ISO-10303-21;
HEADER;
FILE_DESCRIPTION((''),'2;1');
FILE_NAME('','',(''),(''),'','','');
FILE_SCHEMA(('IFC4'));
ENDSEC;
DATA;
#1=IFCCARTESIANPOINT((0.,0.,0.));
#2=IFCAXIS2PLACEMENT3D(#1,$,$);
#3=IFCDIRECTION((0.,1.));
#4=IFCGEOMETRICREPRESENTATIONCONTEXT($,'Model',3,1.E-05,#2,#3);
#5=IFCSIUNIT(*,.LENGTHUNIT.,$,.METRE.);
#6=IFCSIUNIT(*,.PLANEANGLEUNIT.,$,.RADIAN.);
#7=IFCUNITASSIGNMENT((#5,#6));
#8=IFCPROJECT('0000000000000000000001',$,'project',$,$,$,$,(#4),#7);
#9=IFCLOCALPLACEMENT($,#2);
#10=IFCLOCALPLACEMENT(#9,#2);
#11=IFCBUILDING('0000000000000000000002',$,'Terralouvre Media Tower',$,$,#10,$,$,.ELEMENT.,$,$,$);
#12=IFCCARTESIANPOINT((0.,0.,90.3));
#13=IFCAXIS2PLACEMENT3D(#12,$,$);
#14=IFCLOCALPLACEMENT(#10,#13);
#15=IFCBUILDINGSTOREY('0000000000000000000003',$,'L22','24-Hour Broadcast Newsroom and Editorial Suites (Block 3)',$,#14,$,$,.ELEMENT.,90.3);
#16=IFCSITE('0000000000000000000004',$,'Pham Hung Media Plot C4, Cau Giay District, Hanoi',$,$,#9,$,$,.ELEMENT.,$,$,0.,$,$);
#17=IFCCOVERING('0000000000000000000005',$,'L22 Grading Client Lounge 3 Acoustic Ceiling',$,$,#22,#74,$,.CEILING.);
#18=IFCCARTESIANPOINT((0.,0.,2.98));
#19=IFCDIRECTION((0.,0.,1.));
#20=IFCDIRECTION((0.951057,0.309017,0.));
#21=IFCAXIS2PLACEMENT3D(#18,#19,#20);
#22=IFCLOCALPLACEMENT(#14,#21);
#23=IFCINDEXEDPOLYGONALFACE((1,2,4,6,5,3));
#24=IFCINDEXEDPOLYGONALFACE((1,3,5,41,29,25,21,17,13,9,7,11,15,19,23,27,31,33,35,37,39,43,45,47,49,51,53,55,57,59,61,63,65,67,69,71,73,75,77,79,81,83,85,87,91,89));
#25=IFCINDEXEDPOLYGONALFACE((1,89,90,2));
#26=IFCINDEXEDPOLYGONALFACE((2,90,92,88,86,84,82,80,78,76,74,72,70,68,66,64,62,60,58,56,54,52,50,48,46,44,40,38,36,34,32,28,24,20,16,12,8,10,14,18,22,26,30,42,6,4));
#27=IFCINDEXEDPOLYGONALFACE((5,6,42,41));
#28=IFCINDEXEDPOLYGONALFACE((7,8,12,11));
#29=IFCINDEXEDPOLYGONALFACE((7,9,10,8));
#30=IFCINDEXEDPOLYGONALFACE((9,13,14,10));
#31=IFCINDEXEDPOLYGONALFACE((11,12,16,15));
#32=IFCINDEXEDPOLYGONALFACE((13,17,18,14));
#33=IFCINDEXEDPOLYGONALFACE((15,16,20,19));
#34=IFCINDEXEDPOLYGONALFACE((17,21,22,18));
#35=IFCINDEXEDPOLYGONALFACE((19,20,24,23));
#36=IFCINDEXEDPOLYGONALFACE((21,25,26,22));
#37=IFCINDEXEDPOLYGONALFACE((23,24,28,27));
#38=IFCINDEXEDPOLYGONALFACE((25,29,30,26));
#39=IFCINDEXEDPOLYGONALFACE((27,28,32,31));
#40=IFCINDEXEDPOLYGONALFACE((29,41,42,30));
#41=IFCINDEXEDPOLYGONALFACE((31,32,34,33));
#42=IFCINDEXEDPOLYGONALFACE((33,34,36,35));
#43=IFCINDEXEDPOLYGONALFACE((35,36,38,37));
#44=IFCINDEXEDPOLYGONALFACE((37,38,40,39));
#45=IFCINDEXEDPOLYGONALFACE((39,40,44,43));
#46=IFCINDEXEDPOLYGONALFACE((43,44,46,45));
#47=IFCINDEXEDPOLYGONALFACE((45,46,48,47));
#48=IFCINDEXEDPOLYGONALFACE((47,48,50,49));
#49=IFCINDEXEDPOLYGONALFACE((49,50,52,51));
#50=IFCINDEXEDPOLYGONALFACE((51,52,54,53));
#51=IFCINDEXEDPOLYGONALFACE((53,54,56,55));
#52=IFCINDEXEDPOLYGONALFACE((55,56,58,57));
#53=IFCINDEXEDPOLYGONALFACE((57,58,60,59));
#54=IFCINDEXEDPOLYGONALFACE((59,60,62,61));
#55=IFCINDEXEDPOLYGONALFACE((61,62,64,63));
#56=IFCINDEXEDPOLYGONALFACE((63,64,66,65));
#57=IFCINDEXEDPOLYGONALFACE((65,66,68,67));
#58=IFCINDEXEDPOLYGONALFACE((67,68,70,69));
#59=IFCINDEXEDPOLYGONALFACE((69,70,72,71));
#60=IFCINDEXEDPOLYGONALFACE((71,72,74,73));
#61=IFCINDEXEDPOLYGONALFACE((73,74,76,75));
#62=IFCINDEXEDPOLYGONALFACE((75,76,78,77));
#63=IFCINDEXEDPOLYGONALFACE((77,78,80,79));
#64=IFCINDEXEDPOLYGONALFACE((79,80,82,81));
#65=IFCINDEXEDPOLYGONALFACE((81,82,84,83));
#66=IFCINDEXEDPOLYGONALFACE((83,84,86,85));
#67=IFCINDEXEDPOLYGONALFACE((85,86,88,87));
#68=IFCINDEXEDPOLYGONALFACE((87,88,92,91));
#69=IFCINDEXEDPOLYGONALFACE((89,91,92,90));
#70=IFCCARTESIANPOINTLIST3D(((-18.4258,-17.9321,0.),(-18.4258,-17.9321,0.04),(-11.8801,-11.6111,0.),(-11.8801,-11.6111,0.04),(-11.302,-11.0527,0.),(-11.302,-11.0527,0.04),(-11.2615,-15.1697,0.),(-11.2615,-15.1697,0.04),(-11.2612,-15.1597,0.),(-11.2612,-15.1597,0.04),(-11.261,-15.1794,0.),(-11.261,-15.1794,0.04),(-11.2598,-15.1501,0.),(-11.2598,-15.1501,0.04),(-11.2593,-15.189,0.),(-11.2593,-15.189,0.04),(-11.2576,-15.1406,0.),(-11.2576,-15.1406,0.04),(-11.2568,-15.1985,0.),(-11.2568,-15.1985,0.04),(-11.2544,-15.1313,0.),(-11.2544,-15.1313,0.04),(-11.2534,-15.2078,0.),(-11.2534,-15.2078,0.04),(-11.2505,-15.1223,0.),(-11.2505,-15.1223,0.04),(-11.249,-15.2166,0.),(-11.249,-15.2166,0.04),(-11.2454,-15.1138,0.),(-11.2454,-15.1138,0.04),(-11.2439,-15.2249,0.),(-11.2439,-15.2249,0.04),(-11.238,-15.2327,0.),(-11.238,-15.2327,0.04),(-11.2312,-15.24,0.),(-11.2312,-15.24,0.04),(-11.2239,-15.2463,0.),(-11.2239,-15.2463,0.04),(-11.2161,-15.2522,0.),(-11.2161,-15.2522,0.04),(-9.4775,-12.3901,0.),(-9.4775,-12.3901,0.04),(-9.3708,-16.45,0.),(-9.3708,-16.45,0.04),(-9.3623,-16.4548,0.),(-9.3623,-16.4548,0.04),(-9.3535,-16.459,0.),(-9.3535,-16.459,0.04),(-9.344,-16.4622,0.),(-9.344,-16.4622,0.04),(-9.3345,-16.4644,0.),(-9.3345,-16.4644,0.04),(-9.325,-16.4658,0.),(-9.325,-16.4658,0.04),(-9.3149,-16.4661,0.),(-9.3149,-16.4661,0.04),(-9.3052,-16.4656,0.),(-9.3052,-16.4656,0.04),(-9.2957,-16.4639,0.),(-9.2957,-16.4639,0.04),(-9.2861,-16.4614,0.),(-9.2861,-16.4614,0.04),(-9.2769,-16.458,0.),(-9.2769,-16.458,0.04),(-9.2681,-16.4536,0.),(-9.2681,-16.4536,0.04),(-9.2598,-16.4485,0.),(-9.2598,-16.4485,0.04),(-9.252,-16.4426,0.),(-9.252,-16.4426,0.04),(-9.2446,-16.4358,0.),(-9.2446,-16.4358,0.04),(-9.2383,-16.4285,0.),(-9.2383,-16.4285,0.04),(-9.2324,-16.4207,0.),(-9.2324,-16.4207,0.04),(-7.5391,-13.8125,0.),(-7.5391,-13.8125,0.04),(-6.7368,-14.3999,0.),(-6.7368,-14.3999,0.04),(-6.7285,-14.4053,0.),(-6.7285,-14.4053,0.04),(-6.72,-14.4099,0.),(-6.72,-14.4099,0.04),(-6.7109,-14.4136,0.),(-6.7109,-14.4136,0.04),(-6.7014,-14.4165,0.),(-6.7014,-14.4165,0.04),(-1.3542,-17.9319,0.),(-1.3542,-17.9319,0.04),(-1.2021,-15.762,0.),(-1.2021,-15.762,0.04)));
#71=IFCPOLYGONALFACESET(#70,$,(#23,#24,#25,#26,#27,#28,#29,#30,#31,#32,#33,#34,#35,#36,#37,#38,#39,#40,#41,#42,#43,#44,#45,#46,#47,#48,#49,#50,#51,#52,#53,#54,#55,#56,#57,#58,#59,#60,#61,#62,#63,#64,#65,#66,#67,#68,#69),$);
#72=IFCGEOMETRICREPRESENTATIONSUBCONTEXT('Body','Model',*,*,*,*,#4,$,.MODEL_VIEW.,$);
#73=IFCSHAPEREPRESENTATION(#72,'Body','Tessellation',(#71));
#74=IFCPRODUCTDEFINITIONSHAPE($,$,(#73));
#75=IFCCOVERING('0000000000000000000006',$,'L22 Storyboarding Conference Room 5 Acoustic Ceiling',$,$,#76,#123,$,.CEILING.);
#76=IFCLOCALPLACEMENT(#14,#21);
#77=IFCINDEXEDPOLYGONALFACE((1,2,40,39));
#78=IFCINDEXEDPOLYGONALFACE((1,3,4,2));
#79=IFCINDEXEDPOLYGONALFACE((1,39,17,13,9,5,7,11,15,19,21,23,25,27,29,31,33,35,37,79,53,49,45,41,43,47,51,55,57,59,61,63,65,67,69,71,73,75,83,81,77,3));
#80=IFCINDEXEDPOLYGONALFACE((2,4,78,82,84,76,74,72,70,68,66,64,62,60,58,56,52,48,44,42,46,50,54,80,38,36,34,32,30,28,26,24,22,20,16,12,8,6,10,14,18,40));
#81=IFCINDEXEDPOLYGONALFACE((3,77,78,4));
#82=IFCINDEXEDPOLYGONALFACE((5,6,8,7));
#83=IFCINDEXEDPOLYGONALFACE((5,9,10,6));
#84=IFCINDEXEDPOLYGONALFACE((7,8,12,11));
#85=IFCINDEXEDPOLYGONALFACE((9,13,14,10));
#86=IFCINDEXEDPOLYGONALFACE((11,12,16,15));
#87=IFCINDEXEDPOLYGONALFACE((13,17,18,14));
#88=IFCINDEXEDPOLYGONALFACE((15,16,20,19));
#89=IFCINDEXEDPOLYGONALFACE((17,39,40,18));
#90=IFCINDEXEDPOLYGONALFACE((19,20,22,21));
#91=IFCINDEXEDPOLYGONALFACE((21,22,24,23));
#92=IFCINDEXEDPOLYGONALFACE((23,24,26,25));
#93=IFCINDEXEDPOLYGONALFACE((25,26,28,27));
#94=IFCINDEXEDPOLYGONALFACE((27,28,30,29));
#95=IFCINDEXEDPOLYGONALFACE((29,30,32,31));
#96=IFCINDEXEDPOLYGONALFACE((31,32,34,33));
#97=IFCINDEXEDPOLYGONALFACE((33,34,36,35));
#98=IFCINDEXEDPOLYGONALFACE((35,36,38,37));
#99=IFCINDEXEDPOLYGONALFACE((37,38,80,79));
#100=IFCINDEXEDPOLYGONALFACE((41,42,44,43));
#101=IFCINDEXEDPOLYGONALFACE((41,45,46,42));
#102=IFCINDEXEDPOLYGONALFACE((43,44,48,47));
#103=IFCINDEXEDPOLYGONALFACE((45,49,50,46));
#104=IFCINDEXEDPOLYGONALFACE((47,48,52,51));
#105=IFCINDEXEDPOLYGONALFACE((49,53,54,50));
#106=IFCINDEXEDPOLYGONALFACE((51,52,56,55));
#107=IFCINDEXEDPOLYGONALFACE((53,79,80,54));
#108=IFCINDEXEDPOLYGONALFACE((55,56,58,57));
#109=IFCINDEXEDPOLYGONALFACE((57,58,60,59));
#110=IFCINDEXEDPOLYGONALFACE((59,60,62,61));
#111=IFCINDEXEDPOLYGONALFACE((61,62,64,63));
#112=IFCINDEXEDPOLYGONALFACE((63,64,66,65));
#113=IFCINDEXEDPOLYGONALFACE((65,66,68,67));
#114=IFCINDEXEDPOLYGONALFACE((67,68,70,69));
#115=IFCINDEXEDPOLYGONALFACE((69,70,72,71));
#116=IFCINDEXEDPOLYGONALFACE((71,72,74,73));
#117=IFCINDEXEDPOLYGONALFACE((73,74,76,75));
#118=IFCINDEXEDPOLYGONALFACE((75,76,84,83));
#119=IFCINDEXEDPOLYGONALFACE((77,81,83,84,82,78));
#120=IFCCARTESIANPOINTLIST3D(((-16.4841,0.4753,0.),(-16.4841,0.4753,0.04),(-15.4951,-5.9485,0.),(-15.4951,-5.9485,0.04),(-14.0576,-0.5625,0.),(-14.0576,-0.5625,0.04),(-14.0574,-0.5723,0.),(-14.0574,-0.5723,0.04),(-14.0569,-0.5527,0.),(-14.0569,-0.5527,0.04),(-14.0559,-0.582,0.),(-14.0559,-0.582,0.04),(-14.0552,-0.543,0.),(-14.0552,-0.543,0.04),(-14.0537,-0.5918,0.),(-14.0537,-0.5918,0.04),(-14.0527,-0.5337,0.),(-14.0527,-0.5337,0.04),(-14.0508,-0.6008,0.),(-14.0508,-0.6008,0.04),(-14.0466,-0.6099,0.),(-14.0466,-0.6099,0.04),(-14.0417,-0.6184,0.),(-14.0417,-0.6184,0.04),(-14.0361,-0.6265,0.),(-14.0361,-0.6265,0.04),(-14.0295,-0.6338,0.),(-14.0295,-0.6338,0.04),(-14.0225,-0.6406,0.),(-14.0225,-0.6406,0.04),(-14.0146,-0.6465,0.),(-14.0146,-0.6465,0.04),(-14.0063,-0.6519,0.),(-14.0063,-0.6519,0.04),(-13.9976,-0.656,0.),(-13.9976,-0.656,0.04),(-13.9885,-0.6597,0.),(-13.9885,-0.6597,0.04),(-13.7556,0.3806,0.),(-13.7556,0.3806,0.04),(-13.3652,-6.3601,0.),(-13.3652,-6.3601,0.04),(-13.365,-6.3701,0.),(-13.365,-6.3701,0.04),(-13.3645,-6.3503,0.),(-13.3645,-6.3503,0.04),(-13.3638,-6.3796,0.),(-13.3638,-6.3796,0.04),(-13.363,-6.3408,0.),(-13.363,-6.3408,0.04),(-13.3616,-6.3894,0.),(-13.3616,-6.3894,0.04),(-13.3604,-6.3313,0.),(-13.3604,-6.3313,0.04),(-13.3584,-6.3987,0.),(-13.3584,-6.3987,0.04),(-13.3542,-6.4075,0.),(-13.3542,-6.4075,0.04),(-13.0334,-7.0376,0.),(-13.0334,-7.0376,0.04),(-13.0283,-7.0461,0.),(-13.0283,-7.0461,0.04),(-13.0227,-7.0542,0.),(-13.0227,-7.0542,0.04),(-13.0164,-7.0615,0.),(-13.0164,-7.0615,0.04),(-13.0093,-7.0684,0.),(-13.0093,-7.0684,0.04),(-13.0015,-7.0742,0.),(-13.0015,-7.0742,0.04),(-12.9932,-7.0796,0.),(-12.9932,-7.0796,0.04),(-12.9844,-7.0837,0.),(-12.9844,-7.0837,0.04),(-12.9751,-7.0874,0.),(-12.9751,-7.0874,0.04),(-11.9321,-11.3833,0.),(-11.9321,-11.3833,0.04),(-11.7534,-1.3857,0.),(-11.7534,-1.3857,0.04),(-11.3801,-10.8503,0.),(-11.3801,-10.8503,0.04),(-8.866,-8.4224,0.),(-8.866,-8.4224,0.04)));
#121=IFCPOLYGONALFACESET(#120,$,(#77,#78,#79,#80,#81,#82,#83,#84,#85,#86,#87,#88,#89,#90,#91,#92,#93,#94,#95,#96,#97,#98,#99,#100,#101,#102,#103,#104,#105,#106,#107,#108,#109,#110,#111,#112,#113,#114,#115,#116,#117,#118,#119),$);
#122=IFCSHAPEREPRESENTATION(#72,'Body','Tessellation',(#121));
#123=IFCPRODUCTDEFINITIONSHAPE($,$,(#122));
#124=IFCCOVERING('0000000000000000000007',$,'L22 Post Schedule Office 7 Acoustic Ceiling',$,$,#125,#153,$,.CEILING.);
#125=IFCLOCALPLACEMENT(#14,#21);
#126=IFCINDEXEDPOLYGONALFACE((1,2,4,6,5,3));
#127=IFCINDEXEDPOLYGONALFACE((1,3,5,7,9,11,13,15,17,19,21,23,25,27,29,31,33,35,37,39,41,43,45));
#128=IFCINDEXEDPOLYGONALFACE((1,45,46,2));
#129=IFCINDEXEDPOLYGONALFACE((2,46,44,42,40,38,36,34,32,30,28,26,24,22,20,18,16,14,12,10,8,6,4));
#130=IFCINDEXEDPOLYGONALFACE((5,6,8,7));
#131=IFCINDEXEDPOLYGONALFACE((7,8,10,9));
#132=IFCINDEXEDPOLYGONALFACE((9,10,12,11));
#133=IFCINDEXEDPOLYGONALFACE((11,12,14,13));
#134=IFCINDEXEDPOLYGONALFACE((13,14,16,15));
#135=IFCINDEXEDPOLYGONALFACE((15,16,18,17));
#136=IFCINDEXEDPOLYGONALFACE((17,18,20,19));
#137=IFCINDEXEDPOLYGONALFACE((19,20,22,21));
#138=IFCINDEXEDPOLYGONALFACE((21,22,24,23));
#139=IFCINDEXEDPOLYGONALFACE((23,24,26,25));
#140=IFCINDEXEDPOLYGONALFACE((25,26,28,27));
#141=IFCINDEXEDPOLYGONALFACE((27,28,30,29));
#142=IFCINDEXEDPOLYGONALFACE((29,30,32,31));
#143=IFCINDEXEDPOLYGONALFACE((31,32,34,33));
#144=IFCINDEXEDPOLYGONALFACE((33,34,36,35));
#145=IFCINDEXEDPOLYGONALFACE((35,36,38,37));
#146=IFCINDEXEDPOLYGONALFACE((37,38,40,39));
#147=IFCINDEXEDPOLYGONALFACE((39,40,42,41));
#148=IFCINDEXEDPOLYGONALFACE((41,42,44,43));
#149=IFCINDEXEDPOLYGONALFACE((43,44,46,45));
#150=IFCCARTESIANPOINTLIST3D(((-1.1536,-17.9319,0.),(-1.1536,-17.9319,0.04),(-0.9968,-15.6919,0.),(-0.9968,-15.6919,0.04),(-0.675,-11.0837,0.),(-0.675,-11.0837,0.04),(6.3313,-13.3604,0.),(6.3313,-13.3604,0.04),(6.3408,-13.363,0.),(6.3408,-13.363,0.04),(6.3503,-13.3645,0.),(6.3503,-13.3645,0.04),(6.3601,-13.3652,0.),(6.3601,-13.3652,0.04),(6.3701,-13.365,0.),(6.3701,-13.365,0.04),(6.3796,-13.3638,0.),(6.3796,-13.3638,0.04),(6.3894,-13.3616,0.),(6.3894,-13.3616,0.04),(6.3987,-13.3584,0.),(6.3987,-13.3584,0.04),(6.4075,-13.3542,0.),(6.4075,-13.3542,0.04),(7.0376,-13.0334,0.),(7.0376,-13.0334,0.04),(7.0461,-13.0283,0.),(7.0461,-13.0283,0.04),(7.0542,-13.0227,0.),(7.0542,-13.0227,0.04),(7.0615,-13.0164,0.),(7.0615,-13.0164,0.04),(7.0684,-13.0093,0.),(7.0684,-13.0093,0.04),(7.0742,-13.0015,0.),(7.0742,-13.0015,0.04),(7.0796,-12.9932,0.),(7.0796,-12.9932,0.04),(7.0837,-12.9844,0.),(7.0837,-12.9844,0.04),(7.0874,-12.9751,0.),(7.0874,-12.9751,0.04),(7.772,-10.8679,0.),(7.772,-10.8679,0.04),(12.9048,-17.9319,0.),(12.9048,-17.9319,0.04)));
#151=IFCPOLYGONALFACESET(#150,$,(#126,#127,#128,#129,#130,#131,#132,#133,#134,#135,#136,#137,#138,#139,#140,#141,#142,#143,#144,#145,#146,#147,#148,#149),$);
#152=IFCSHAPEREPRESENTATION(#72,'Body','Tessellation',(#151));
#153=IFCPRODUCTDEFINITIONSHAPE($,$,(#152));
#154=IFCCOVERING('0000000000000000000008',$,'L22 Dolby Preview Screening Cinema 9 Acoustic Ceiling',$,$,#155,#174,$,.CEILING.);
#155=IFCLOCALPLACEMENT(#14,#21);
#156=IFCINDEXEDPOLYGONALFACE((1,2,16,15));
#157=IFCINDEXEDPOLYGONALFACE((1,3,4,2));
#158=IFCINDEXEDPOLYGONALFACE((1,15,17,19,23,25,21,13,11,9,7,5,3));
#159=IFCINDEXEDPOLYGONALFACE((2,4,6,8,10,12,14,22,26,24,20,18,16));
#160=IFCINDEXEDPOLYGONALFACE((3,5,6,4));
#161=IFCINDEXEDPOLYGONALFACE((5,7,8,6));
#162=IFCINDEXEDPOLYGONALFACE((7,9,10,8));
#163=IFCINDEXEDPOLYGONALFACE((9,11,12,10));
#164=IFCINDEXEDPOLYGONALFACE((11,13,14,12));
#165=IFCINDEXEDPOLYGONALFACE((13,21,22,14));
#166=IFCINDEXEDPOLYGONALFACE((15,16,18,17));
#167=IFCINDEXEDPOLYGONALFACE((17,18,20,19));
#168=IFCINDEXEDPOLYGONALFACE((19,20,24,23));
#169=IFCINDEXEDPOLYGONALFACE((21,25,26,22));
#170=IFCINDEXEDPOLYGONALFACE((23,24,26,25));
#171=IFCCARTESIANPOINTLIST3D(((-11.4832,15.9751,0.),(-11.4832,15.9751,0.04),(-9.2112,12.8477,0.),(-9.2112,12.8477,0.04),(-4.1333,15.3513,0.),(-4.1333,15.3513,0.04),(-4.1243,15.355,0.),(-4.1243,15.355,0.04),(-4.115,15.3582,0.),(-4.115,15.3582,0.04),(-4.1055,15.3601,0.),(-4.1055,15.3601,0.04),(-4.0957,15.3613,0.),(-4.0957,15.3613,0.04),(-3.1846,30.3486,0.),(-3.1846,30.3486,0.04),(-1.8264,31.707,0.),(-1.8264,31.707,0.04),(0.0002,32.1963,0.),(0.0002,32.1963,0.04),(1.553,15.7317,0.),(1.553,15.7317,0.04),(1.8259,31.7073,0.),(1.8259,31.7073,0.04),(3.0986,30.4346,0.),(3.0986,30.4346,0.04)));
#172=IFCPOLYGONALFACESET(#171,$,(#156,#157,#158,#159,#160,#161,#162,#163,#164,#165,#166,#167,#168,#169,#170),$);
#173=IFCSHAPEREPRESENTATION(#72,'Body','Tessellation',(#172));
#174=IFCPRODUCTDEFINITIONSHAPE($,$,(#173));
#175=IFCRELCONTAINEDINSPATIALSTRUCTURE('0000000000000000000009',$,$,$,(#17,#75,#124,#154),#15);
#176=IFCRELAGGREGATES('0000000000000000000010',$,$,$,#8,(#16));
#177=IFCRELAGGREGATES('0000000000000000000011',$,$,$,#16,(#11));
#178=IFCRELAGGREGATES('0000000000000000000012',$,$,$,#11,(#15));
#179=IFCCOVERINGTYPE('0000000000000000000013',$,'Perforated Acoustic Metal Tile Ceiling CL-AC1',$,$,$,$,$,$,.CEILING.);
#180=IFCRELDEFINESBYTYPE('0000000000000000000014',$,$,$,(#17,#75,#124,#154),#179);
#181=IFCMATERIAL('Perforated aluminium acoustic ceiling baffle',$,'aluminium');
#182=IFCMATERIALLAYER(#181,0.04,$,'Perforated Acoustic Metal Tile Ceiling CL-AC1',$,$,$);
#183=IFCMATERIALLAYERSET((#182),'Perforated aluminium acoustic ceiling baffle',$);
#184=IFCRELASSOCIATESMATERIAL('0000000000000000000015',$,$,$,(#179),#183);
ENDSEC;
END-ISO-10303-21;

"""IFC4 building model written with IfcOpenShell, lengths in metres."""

from ifc_helpers import new_model, si_unit, direction, frame, origin, place, context, subcontext, project, spatial, polyline, outline, extrude, material, layer, layer_set, type_object, element, save


model = new_model("IFC4")

# Units and contexts
model_context = context("Model", 3, precision=1e-05, world=origin(), true_north=direction((0.0, 1.0)))
body_context = subcontext(model_context, "Body", "Model", "MODEL_VIEW")
ifc_project = project(units=[si_unit("LENGTHUNIT", "METRE"), si_unit("PLANEANGLEUNIT", "RADIAN")], contexts=[model_context])

# Site, building, storey
site_placement = place(None, origin())
site = spatial("IfcSite", under=ifc_project, at=site_placement, Name="Pham Hung Media Plot C4, Cau Giay District, Hanoi", CompositionType="ELEMENT", RefElevation=0.0)
building_placement = place(site_placement, origin())
building = spatial("IfcBuilding", under=site, at=building_placement, Name="Terralouvre Media Tower", CompositionType="ELEMENT")
storey_placement = place(building_placement, frame((0.0, 0.0, 90.3)))
storey = spatial("IfcBuildingStorey", under=building, at=storey_placement, Name="L22", Description="24-Hour Broadcast Newsroom and Editorial Suites (Block 3)", CompositionType="ELEMENT", Elevation=90.3)

# Coverings
ifc_material_1 = material(Name="Perforated aluminium acoustic ceiling baffle", Category="aluminium")
ifc_layer_1 = layer(ifc_material_1, 0.04, Name="Perforated Acoustic Metal Tile Ceiling CL-AC1")
ifc_layer_set_1 = layer_set([ifc_layer_1], Name="Perforated aluminium acoustic ceiling baffle")
covering_type_1 = type_object("IfcCoveringType", Name="Perforated Acoustic Metal Tile Ceiling CL-AC1", PredefinedType="CEILING", material=ifc_layer_set_1)
covering_1_placement = place(storey_placement, frame((0.0, 0.0, 2.98), z_axis=(0.0, 0.0, 1.0), x_axis=(0.951057, 0.309017, 0.0)))
element("IfcCovering", 1, at=covering_1_placement, inside=storey, type_object=covering_type_1, Name="L22 Grading Client Lounge 3 Acoustic Ceiling", PredefinedType="CEILING", context=body_context, shape_type="SweptSolid", body=[
    extrude(outline(polyline([(-6.7014, -14.4165), (-6.7109, -14.4136), (-6.72, -14.4099), (-6.7285, -14.4053), (-6.7368, -14.3999), (-7.5391, -13.8125), (-9.2324, -16.4207), (-9.2383, -16.4285), (-9.2446, -16.4358), (-9.252, -16.4426), (-9.2598, -16.4485), (-9.2681, -16.4536), (-9.2769, -16.458), (-9.2861, -16.4614), (-9.2957, -16.4639), (-9.3052, -16.4656), (-9.3149, -16.4661), (-9.325, -16.4658), (-9.3345, -16.4644), (-9.344, -16.4622), (-9.3535, -16.459), (-9.3623, -16.4548), (-9.3708, -16.45), (-11.2161, -15.2522), (-11.2239, -15.2463), (-11.2312, -15.24), (-11.238, -15.2327), (-11.2439, -15.2249), (-11.249, -15.2166), (-11.2534, -15.2078), (-11.2568, -15.1985), (-11.2593, -15.189), (-11.261, -15.1794), (-11.2615, -15.1697), (-11.2612, -15.1597), (-11.2598, -15.1501), (-11.2576, -15.1406), (-11.2544, -15.1313), (-11.2505, -15.1223), (-11.2454, -15.1138), (-9.4775, -12.3901), (-11.302, -11.0527), (-11.8801, -11.6111), (-18.4258, -17.9321), (-1.3542, -17.9319), (-1.2021, -15.762), (-6.7014, -14.4165)])), origin(), (0.0, 0.0, 1.0), 0.04),
])
covering_2_placement = place(storey_placement, frame((0.0, 0.0, 2.98), z_axis=(0.0, 0.0, 1.0), x_axis=(0.951057, 0.309017, 0.0)))
element("IfcCovering", 2, at=covering_2_placement, inside=storey, type_object=covering_type_1, Name="L22 Storyboarding Conference Room 5 Acoustic Ceiling", PredefinedType="CEILING", context=body_context, shape_type="SweptSolid", body=[
    extrude(outline(polyline([(-13.9976, -0.656), (-14.0063, -0.6519), (-14.0146, -0.6465), (-14.0225, -0.6406), (-14.0295, -0.6338), (-14.0361, -0.6265), (-14.0417, -0.6184), (-14.0466, -0.6099), (-14.0508, -0.6008), (-14.0537, -0.5918), (-14.0559, -0.582), (-14.0574, -0.5723), (-14.0576, -0.5625), (-14.0569, -0.5527), (-14.0552, -0.543), (-14.0527, -0.5337), (-13.7556, 0.3806), (-16.4841, 0.4753), (-15.4951, -5.9485), (-11.9321, -11.3833), (-11.3801, -10.8503), (-8.866, -8.4224), (-12.9751, -7.0874), (-12.9844, -7.0837), (-12.9932, -7.0796), (-13.0015, -7.0742), (-13.0093, -7.0684), (-13.0164, -7.0615), (-13.0227, -7.0542), (-13.0283, -7.0461), (-13.0334, -7.0376), (-13.3542, -6.4075), (-13.3584, -6.3987), (-13.3616, -6.3894), (-13.3638, -6.3796), (-13.365, -6.3701), (-13.3652, -6.3601), (-13.3645, -6.3503), (-13.363, -6.3408), (-13.3604, -6.3313), (-11.7534, -1.3857), (-13.9885, -0.6597), (-13.9976, -0.656)])), origin(), (0.0, 0.0, 1.0), 0.04),
])
covering_3_placement = place(storey_placement, frame((0.0, 0.0, 2.98), z_axis=(0.0, 0.0, 1.0), x_axis=(0.951057, 0.309017, 0.0)))
element("IfcCovering", 3, at=covering_3_placement, inside=storey, type_object=covering_type_1, Name="L22 Post Schedule Office 7 Acoustic Ceiling", PredefinedType="CEILING", context=body_context, shape_type="SweptSolid", body=[
    extrude(outline(polyline([(7.0874, -12.9751), (7.0837, -12.9844), (7.0796, -12.9932), (7.0742, -13.0015), (7.0684, -13.0093), (7.0615, -13.0164), (7.0542, -13.0227), (7.0461, -13.0283), (7.0376, -13.0334), (6.4075, -13.3542), (6.3987, -13.3584), (6.3894, -13.3616), (6.3796, -13.3638), (6.3701, -13.365), (6.3601, -13.3652), (6.3503, -13.3645), (6.3408, -13.363), (6.3313, -13.3604), (-0.675, -11.0837), (-0.9968, -15.6919), (-1.1536, -17.9319), (12.9048, -17.9319), (7.772, -10.8679), (7.0874, -12.9751)])), origin(), (0.0, 0.0, 1.0), 0.04),
])
covering_4_placement = place(storey_placement, frame((0.0, 0.0, 2.98), z_axis=(0.0, 0.0, 1.0), x_axis=(0.951057, 0.309017, 0.0)))
element("IfcCovering", 4, at=covering_4_placement, inside=storey, type_object=covering_type_1, Name="L22 Dolby Preview Screening Cinema 9 Acoustic Ceiling", PredefinedType="CEILING", context=body_context, shape_type="SweptSolid", body=[
    extrude(outline(polyline([(-9.2112, 12.8477), (-4.1333, 15.3513), (-4.1243, 15.355), (-4.115, 15.3582), (-4.1055, 15.3601), (-4.0957, 15.3613), (1.553, 15.7317), (3.0986, 30.4346), (1.8259, 31.7073), (0.0002, 32.1963), (-1.8264, 31.707), (-3.1846, 30.3486), (-11.4832, 15.9751), (-9.2112, 12.8477)])), origin(), (0.0, 0.0, 1.0), 0.04),
])

save(model, "model.ifc")
